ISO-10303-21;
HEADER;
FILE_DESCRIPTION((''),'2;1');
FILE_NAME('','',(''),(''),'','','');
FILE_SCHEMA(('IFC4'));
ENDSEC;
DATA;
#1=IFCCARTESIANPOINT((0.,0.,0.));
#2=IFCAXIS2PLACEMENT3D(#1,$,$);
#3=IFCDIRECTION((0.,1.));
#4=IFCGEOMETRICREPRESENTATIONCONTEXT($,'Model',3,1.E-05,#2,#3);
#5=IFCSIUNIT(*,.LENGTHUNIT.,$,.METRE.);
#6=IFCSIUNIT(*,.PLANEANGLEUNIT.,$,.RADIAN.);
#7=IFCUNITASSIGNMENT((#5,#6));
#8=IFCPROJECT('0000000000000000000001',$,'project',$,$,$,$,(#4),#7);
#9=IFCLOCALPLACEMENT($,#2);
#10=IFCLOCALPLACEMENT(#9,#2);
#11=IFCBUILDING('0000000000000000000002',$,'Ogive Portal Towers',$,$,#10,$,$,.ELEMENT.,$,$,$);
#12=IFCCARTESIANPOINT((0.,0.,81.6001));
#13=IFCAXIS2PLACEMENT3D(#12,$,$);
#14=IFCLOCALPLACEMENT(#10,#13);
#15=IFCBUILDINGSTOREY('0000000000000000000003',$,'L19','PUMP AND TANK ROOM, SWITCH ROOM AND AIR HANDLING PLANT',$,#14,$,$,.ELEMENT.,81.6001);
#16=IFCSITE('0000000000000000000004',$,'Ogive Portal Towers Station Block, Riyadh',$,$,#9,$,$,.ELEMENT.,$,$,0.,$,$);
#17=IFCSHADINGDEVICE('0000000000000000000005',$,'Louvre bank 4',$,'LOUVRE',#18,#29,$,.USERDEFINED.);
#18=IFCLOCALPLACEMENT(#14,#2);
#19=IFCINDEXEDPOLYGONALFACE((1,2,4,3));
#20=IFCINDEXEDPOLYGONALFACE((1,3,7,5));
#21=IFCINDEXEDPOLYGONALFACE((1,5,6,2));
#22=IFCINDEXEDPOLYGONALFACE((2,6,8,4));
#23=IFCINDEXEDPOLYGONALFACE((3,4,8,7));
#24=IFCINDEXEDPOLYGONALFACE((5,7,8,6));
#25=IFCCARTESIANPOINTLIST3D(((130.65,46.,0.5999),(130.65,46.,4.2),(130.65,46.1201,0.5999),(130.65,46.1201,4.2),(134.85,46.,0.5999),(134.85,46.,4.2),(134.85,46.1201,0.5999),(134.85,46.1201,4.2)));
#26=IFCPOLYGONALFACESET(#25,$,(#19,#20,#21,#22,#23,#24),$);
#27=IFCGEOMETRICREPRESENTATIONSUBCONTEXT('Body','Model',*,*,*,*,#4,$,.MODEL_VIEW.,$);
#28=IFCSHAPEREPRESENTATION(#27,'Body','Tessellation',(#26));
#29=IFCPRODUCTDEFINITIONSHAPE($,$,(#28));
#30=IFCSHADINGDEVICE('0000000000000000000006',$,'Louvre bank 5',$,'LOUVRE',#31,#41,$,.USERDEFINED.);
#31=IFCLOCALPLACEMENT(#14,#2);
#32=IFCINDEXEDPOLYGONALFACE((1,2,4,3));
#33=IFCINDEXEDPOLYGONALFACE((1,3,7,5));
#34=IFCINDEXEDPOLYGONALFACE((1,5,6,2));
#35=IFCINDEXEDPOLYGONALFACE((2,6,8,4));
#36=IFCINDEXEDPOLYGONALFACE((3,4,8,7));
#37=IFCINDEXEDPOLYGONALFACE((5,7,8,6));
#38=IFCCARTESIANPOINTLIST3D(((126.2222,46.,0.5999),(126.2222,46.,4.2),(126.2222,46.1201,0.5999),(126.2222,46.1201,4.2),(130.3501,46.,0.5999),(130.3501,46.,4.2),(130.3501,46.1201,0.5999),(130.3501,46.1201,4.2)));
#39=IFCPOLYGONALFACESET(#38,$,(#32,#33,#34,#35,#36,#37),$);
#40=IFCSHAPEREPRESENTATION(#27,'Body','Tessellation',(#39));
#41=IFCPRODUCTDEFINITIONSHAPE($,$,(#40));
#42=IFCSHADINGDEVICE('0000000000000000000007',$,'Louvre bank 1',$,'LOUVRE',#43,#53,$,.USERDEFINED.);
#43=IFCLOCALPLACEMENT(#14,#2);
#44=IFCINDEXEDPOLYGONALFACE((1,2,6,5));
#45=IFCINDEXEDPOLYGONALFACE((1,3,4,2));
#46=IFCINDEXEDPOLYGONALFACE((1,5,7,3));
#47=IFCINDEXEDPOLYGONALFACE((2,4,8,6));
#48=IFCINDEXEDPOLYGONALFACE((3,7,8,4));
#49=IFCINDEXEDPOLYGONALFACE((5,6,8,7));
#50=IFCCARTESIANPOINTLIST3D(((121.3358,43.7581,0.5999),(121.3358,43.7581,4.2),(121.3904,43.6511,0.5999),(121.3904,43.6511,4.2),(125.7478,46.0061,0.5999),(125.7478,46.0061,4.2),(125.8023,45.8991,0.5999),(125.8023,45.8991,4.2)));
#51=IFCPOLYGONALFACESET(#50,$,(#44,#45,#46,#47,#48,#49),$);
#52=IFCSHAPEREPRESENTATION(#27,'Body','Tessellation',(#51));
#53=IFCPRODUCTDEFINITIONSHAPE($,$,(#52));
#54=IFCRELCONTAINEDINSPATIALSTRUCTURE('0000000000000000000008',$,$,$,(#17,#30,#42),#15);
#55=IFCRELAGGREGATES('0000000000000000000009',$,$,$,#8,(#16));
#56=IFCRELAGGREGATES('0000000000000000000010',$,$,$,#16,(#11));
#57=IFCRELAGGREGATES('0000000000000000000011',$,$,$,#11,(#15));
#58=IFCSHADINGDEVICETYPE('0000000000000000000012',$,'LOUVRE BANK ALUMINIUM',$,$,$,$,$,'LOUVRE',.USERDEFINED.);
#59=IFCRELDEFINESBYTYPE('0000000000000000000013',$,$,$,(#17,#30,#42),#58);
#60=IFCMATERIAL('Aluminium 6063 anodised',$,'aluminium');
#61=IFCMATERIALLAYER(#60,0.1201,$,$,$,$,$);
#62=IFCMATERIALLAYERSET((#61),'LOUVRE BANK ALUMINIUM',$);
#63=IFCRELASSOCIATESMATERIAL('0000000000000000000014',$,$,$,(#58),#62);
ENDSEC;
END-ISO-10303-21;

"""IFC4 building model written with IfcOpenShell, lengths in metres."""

from ifc_helpers import new_model, si_unit, direction, frame, origin, origin_2d, place, context, subcontext, project, spatial, rectangle, extrude, material, layer, layer_set, type_object, element, save


model = new_model("IFC4")

# Units and contexts
model_context = context("Model", 3, precision=1e-05, world=origin(), true_north=direction((0.0, 1.0)))
body_context = subcontext(model_context, "Body", "Model", "MODEL_VIEW")
ifc_project = project(units=[si_unit("LENGTHUNIT", "METRE"), si_unit("PLANEANGLEUNIT", "RADIAN")], contexts=[model_context])

# Site, building, storey
site_placement = place(None, origin())
site = spatial("IfcSite", under=ifc_project, at=site_placement, Name="Ogive Portal Towers Station Block, Riyadh", CompositionType="ELEMENT", RefElevation=0.0)
building_placement = place(site_placement, origin())
building = spatial("IfcBuilding", under=site, at=building_placement, Name="Ogive Portal Towers", CompositionType="ELEMENT")
storey_placement = place(building_placement, frame((0.0, 0.0, 81.6001)))
storey = spatial("IfcBuildingStorey", under=building, at=storey_placement, Name="L19", Description="PUMP AND TANK ROOM, SWITCH ROOM AND AIR HANDLING PLANT", CompositionType="ELEMENT", Elevation=81.6001)

# Shading devices
ifc_material_1 = material(Name="Aluminium 6063 anodised", Category="aluminium")
ifc_layer_1 = layer(ifc_material_1, 0.1201)
ifc_layer_set_1 = layer_set([ifc_layer_1], Name="LOUVRE BANK ALUMINIUM")
shading_device_type = type_object("IfcShadingDeviceType", Name="LOUVRE BANK ALUMINIUM", ElementType="LOUVRE", PredefinedType="USERDEFINED", material=ifc_layer_set_1)
shading_device_1_placement = place(storey_placement, frame((132.75, 46.0601, 0.5999), z_axis=(0.0, 0.0, 1.0), x_axis=(-1.0, 0.0, 0.0)))
element("IfcShadingDevice", 1, at=shading_device_1_placement, inside=storey, type_object=shading_device_type, Name="Louvre bank 4", ObjectType="LOUVRE", PredefinedType="USERDEFINED", context=body_context, shape_type="SweptSolid", body=[
    extrude(rectangle(XDim=4.2, YDim=0.1201, at=origin_2d()), origin(), (0.0, 0.0, 1.0), 3.6001),
])
shading_device_2_placement = place(storey_placement, frame((128.2861, 46.0601, 0.5999), z_axis=(0.0, 0.0, 1.0), x_axis=(-1.0, 0.0, 0.0)))
element("IfcShadingDevice", 2, at=shading_device_2_placement, inside=storey, type_object=shading_device_type, Name="Louvre bank 5", ObjectType="LOUVRE", PredefinedType="USERDEFINED", context=body_context, shape_type="SweptSolid", body=[
    extrude(rectangle(XDim=4.1279, YDim=0.1201, at=origin_2d()), origin(), (0.0, 0.0, 1.0), 3.6001),
])
shading_device_3_placement = place(storey_placement, frame((123.5691, 44.8286, 0.5999), z_axis=(0.0, 0.0, 1.0), x_axis=(-0.891007, -0.45399, 0.0)))
element("IfcShadingDevice", 3, at=shading_device_3_placement, inside=storey, type_object=shading_device_type, Name="Louvre bank 1", ObjectType="LOUVRE", PredefinedType="USERDEFINED", context=body_context, shape_type="SweptSolid", body=[
    extrude(rectangle(XDim=4.9517, YDim=0.1201, at=origin_2d()), origin(), (0.0, 0.0, 1.0), 3.6001),
])

save(model, "model.ifc")
